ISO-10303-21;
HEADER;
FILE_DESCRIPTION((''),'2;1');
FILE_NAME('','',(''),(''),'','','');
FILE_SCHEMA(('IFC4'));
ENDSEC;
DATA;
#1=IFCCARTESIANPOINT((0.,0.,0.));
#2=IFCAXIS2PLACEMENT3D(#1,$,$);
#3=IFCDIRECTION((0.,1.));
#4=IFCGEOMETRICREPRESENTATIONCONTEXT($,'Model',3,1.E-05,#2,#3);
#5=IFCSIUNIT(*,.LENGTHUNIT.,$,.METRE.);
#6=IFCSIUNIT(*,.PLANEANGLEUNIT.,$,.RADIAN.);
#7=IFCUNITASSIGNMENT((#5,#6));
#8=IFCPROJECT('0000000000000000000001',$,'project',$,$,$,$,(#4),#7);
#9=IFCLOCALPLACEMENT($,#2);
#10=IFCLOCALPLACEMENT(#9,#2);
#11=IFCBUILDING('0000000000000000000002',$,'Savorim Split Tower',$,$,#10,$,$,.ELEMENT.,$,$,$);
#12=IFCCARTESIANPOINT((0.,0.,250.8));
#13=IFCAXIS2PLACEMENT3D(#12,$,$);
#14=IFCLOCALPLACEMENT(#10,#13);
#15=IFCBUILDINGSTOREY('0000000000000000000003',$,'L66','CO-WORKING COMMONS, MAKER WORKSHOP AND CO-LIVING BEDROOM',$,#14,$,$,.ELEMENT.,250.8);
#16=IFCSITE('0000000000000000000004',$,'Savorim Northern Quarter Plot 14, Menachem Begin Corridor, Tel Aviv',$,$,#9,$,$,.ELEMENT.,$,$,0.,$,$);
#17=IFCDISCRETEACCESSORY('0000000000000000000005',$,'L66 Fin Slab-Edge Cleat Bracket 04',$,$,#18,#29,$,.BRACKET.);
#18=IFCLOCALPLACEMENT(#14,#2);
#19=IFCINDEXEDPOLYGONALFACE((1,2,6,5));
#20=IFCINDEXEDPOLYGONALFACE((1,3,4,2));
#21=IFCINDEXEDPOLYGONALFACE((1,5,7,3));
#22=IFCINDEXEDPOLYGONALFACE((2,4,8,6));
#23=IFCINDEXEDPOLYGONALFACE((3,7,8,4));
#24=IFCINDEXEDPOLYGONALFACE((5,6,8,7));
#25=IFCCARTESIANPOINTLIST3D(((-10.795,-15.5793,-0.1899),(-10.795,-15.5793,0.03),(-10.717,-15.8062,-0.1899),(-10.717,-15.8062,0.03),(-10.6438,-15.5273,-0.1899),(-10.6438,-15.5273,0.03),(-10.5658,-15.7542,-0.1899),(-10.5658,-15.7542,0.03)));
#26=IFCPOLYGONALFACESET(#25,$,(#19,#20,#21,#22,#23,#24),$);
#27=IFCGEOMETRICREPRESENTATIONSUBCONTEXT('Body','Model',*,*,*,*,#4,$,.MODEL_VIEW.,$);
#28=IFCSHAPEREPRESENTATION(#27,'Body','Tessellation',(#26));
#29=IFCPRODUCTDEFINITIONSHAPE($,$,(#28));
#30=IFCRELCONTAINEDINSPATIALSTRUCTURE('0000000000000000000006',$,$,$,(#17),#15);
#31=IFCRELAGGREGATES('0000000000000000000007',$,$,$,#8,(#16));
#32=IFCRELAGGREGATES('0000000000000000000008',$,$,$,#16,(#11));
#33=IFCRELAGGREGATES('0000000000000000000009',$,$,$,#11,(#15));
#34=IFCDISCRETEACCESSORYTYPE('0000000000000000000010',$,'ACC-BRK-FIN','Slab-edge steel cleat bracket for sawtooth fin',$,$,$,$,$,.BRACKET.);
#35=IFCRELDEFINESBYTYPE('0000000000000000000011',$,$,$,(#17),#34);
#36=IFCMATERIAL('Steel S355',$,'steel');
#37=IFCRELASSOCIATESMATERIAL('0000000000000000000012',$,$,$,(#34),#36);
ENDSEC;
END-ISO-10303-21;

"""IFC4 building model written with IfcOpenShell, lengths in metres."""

from ifc_helpers import new_model, si_unit, direction, frame, origin, origin_2d, place, context, subcontext, project, spatial, rectangle, extrude, material, type_object, element, save


model = new_model("IFC4")

# Units and contexts
model_context = context("Model", 3, precision=1e-05, world=origin(), true_north=direction((0.0, 1.0)))
body_context = subcontext(model_context, "Body", "Model", "MODEL_VIEW")
ifc_project = project(units=[si_unit("LENGTHUNIT", "METRE"), si_unit("PLANEANGLEUNIT", "RADIAN")], contexts=[model_context])

# Site, building, storey
site_placement = place(None, origin())
site = spatial("IfcSite", under=ifc_project, at=site_placement, Name="Savorim Northern Quarter Plot 14, Menachem Begin Corridor, Tel Aviv", CompositionType="ELEMENT", RefElevation=0.0)
building_placement = place(site_placement, origin())
building = spatial("IfcBuilding", under=site, at=building_placement, Name="Savorim Split Tower", CompositionType="ELEMENT")
storey_placement = place(building_placement, frame((0.0, 0.0, 250.8)))
storey = spatial("IfcBuildingStorey", under=building, at=storey_placement, Name="L66", Description="CO-WORKING COMMONS, MAKER WORKSHOP AND CO-LIVING BEDROOM", CompositionType="ELEMENT", Elevation=250.8)

# Shared definitions
ifc_material_1 = material(Name="Steel S355", Category="steel")

# Discrete accessory
discrete_accessory_type = type_object("IfcDiscreteAccessoryType", Name="ACC-BRK-FIN", Description="Slab-edge steel cleat bracket for sawtooth fin", PredefinedType="BRACKET", material=ifc_material_1)
for number, where, z_axis, x_axis, name in (
    (1, (-10.6804, -15.6667, -0.1899), (0.0, 0.0, 1.0), (0.324994, -0.945716, 0.0), "L66 Fin Slab-Edge Cleat Bracket 04"),
):
    element("IfcDiscreteAccessory", number, at=place(storey_placement, frame(where, z_axis=z_axis, x_axis=x_axis)), inside=storey, type_object=discrete_accessory_type, Name=name, PredefinedType="BRACKET", context=body_context, shape_type="SweptSolid", body=[
        extrude(rectangle(XDim=0.24, YDim=0.1599, at=origin_2d()), origin(), (0.0, 0.0, 1.0), 0.22),
    ])

save(model, "model.ifc")
